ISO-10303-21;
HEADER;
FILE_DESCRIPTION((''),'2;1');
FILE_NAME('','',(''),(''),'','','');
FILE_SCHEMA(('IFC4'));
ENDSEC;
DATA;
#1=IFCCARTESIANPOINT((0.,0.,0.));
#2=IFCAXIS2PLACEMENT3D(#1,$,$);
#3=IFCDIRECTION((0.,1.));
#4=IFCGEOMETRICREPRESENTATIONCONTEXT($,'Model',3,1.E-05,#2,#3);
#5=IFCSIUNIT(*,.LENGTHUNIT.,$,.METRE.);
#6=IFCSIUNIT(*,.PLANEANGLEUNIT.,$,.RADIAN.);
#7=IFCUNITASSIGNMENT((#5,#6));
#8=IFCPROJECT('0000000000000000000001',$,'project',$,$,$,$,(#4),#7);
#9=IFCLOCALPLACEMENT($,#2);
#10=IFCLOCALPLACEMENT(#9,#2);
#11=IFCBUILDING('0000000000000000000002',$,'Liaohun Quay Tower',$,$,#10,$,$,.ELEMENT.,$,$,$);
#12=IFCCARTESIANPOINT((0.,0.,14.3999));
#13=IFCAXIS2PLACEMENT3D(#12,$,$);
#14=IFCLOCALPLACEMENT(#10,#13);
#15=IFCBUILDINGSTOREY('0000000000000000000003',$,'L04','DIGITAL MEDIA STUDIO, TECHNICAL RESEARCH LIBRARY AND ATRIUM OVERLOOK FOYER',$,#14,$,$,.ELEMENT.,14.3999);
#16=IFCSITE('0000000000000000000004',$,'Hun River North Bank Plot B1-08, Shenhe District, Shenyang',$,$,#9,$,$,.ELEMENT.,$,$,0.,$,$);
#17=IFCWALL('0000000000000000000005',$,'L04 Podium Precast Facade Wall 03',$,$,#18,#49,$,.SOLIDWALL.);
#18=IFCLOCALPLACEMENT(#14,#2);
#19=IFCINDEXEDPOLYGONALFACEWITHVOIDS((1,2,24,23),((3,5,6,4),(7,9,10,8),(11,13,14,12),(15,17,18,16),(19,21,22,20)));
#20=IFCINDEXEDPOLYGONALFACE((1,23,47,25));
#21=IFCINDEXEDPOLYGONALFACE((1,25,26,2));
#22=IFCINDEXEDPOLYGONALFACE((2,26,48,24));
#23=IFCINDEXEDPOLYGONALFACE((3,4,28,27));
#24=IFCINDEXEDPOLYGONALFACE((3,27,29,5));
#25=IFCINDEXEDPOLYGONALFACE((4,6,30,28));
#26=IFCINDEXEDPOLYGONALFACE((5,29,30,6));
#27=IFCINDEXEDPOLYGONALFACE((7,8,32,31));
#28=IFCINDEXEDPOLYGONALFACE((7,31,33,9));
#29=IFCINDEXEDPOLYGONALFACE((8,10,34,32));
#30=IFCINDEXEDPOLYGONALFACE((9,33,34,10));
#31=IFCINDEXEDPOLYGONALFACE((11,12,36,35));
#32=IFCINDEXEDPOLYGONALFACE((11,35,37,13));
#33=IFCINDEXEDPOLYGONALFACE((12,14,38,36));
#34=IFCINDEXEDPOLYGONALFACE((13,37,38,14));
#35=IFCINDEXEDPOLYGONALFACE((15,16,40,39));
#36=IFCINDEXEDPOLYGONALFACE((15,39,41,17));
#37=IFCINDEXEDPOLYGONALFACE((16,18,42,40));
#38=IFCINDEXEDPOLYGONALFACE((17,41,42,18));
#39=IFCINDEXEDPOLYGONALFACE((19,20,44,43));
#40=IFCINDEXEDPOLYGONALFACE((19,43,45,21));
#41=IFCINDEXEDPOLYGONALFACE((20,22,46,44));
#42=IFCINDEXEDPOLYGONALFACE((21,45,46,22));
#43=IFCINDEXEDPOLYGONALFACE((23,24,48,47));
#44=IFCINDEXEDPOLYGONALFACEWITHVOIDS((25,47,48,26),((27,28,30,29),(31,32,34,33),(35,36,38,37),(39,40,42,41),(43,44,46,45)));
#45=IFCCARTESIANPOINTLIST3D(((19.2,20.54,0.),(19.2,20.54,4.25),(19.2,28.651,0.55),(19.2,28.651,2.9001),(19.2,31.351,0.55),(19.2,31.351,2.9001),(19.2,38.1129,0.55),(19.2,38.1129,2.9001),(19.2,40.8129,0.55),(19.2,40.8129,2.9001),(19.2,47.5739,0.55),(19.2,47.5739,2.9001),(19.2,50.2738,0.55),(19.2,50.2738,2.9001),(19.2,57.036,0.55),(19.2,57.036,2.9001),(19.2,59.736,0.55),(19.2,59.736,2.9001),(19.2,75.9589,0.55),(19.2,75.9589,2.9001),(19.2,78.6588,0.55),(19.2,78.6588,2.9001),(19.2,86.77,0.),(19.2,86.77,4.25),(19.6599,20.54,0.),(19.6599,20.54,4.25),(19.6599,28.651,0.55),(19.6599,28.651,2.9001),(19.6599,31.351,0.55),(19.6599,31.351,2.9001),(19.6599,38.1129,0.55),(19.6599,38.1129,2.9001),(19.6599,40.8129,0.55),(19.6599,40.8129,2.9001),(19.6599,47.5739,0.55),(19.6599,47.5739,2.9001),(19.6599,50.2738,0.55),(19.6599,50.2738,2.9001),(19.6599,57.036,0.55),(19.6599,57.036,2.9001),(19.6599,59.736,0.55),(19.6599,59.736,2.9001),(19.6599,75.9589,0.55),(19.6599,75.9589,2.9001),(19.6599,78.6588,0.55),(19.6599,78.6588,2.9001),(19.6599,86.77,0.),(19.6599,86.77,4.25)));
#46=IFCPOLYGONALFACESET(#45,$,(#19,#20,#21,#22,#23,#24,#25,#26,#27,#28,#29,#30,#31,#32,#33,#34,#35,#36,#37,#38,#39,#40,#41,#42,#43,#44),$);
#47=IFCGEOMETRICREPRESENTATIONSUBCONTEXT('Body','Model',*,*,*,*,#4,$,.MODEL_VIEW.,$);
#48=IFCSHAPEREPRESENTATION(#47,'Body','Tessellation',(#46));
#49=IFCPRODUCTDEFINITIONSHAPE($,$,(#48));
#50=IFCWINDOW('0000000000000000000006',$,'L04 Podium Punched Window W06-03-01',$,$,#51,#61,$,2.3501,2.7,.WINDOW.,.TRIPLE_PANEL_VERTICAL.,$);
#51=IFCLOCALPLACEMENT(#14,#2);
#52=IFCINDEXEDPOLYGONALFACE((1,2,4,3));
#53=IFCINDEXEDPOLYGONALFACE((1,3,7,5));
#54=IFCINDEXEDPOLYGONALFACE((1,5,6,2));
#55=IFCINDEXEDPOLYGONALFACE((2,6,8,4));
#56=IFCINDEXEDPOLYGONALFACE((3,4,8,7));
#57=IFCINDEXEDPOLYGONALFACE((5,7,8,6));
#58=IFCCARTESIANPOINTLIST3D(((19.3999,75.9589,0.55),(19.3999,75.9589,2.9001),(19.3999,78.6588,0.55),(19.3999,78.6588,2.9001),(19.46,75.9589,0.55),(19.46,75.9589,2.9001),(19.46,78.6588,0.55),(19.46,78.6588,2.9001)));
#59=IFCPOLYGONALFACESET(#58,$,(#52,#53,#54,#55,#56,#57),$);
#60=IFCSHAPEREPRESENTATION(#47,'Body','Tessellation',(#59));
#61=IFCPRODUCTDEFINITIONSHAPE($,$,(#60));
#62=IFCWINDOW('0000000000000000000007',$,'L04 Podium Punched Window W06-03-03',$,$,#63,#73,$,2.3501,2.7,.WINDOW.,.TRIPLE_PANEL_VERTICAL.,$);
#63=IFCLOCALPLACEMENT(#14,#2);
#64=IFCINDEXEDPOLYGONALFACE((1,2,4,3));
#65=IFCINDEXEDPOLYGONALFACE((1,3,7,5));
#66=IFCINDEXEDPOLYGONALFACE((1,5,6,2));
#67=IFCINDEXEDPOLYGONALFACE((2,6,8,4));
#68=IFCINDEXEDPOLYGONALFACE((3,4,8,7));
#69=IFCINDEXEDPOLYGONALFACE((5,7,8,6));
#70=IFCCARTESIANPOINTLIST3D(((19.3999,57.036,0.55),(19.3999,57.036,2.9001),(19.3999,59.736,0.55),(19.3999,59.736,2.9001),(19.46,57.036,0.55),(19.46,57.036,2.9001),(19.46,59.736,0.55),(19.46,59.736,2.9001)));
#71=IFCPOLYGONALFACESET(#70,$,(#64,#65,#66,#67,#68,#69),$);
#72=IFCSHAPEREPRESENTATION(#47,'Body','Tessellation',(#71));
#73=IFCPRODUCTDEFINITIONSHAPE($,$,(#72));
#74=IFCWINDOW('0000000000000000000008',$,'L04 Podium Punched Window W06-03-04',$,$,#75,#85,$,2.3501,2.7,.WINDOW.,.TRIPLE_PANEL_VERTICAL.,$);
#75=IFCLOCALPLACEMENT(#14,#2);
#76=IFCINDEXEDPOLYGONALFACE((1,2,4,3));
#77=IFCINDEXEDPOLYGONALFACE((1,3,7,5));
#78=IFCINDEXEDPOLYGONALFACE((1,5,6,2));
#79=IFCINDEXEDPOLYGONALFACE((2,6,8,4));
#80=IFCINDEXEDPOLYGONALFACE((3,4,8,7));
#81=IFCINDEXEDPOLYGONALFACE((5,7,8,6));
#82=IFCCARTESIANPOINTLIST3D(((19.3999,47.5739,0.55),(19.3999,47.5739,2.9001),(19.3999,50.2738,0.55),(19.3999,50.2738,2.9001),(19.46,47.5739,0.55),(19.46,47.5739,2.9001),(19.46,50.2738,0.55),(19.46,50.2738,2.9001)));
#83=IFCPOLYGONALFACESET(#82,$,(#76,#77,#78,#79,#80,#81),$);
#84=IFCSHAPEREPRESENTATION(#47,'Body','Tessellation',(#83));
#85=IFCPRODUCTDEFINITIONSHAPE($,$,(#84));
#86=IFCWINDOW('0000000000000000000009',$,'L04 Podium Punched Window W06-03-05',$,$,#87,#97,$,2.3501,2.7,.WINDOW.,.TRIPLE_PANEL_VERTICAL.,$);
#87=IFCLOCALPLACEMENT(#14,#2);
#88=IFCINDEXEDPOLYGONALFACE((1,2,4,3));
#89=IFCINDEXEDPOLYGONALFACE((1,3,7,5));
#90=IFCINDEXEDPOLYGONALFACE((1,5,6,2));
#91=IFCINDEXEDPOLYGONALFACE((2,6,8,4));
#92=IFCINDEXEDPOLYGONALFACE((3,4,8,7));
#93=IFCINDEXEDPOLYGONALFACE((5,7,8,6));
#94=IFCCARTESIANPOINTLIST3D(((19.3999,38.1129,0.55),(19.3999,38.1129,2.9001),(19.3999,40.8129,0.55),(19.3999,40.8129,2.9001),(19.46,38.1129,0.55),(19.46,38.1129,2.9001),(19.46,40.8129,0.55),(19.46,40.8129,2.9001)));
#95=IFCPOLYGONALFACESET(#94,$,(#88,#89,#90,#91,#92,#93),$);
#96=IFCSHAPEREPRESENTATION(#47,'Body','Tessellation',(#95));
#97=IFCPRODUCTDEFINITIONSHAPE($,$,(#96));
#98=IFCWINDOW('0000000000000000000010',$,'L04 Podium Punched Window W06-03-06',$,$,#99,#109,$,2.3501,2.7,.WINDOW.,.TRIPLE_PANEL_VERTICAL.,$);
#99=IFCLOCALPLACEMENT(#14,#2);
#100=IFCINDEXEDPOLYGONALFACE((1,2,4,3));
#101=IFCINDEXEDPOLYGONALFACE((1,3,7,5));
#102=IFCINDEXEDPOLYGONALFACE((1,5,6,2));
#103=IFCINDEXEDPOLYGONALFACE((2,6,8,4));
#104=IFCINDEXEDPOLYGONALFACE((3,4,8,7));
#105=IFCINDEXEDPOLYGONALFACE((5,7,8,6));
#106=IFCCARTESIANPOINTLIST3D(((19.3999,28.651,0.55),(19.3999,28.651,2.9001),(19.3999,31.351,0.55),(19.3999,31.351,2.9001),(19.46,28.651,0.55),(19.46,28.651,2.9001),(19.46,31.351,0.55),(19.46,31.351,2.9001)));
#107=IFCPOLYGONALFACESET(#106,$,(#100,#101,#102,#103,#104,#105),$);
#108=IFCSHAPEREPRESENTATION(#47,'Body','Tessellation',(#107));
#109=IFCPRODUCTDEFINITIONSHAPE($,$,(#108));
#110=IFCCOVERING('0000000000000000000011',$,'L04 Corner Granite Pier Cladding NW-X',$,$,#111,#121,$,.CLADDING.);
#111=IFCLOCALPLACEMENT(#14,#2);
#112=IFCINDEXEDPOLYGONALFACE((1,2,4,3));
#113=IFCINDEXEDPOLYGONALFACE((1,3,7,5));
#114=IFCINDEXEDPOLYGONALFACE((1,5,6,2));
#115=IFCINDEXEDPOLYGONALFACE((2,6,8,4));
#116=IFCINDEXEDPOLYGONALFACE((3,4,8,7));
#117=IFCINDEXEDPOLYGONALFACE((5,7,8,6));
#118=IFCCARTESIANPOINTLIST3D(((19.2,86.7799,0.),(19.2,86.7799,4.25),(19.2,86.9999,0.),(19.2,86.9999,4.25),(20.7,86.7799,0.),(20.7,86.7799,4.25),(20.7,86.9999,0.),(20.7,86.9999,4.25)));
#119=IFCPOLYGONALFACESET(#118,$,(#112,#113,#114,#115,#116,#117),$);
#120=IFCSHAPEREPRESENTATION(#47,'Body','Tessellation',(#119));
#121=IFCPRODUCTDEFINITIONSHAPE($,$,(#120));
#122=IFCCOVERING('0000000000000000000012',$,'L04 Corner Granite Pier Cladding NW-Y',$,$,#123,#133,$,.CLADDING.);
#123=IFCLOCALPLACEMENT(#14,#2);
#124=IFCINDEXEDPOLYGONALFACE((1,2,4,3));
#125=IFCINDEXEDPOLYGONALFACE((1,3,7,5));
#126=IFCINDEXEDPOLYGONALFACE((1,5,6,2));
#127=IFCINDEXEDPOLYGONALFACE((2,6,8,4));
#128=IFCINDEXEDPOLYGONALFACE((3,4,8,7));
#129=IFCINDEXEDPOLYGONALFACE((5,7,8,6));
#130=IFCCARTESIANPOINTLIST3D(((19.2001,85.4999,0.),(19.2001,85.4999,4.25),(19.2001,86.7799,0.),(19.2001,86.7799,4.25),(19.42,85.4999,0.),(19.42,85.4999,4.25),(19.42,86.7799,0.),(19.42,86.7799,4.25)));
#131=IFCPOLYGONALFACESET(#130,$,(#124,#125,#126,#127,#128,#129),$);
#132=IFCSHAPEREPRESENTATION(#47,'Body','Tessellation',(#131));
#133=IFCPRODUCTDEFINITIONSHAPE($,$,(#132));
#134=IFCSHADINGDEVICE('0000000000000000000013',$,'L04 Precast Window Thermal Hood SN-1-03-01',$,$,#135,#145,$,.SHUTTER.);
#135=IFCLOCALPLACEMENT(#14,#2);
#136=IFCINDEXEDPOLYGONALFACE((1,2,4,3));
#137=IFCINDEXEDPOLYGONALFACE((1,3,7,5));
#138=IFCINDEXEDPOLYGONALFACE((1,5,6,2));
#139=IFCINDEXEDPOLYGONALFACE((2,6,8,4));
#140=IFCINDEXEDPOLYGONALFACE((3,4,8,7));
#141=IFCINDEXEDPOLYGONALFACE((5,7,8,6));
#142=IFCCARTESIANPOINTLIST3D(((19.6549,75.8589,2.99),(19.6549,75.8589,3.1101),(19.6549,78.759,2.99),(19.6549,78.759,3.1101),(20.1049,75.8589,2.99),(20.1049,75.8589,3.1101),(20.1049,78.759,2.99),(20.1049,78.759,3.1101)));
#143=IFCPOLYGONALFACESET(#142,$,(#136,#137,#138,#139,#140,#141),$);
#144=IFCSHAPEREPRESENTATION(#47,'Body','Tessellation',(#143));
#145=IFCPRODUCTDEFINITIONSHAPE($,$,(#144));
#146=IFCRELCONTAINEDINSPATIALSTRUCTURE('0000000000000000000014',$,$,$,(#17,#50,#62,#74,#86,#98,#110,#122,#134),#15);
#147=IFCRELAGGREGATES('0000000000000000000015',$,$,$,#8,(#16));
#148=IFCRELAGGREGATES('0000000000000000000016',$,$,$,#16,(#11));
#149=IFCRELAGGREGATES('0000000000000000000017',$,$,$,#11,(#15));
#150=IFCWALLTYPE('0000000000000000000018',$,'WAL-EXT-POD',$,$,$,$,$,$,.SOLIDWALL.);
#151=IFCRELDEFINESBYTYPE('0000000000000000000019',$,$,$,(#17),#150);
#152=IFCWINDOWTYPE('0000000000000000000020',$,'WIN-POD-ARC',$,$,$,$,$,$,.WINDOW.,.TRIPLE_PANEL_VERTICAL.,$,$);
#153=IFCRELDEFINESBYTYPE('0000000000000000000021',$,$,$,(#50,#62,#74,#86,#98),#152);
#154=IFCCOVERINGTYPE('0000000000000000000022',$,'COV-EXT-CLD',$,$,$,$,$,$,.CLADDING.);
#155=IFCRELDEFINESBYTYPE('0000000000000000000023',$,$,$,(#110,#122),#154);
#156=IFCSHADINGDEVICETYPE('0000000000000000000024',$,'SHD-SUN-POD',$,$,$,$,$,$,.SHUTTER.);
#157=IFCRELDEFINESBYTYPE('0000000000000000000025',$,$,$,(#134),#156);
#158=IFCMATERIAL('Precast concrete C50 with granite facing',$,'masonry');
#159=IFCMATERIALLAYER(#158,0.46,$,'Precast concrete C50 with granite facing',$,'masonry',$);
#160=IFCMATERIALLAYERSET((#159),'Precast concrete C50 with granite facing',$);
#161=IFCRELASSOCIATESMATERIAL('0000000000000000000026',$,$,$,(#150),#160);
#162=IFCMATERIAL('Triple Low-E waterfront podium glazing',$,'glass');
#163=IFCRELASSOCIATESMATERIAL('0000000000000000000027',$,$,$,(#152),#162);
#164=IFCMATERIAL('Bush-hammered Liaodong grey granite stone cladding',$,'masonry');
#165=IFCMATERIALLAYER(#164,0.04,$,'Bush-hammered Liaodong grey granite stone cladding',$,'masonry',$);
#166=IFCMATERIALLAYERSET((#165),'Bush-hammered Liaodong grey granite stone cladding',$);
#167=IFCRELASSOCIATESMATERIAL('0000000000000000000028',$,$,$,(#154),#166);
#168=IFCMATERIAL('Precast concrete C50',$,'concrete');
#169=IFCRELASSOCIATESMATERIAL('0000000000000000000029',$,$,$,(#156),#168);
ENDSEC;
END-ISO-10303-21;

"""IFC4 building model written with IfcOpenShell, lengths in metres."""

from ifc_helpers import new_model, si_unit, direction, frame, frame_2d, origin, origin_2d, place, context, subcontext, project, spatial, rectangle, extrude, source, transform, mapped, material, layer, layer_set, material_profile, profile_set, type_object, element, fill, save


model = new_model("IFC4")

# Units and contexts
model_context = context("Model", 3, precision=1e-05, world=origin(), true_north=direction((0.0, 1.0)))
body_context = subcontext(model_context, "Body", "Model", "MODEL_VIEW")
ifc_project = project(units=[si_unit("LENGTHUNIT", "METRE"), si_unit("PLANEANGLEUNIT", "RADIAN")], contexts=[model_context])

# Site, building, storey
site_placement = place(None, origin())
site = spatial("IfcSite", under=ifc_project, at=site_placement, Name="Hun River North Bank Plot B1-08, Shenhe District, Shenyang", CompositionType="ELEMENT", RefElevation=0.0)
building_placement = place(site_placement, origin())
building = spatial("IfcBuilding", under=site, at=building_placement, Name="Liaohun Quay Tower", CompositionType="ELEMENT")
storey_placement = place(building_placement, frame((0.0, 0.0, 14.3999)))
storey = spatial("IfcBuildingStorey", under=building, at=storey_placement, Name="L04", Description="DIGITAL MEDIA STUDIO, TECHNICAL RESEARCH LIBRARY AND ATRIUM OVERLOOK FOYER", CompositionType="ELEMENT", Elevation=14.3999)

# Wall, openings, windows
ifc_material_1 = material(Name="Precast concrete C50 with granite facing", Category="masonry")
ifc_layer_1 = layer(ifc_material_1, 0.46, Name="Precast concrete C50 with granite facing", Category="masonry")
ifc_layer_set_1 = layer_set([ifc_layer_1], Name="Precast concrete C50 with granite facing")
wall_type = type_object("IfcWallType", Name="WAL-EXT-POD", PredefinedType="SOLIDWALL", material=ifc_layer_set_1)
wall_placement = place(storey_placement, frame((19.4299, 86.77, 0.0), z_axis=(0.0, 0.0, 1.0), x_axis=(0.0, -1.0, 0.0)))
wall = element("IfcWall", 1, at=wall_placement, inside=storey, type_object=wall_type, Name="L04 Podium Precast Facade Wall 03", PredefinedType="SOLIDWALL", context=body_context, shape_type="SweptSolid", body=[
    extrude(rectangle(XDim=66.23, YDim=0.46, at=frame_2d((33.115, 0.0))), origin(), (0.0, 0.0, 1.0), 4.25),
])
shared_shape_1 = source(origin(), body_context, "Body", "SweptSolid", [
    extrude(rectangle(XDim=2.7, YDim=2.3501, at=frame_2d((1.3501, 1.175))), frame((0.0, 0.24, 0.0), z_axis=(0.0, -1.0, 0.0), x_axis=(1.0, 0.0, 0.0)), (0.0, 0.0, 1.0), 0.48),
])
opening_1_placement = place(wall_placement, frame((8.1111, 0.0, 0.55)))
opening_1 = element("IfcOpeningElement", 2, at=opening_1_placement, cuts=wall, PredefinedType="OPENING", context=body_context, shape_type="MappedRepresentation", body=[
    mapped(shared_shape_1, transform((0.0, 0.0, 0.0), x_axis=(1.0, 0.0, 0.0), y_axis=(0.0, 1.0, 0.0), z_axis=(0.0, 0.0, 1.0), scale=1.0)),
])
opening_2_placement = place(wall_placement, frame((27.0339, 0.0, 0.55)))
opening_2 = element("IfcOpeningElement", 3, at=opening_2_placement, cuts=wall, PredefinedType="OPENING", context=body_context, shape_type="MappedRepresentation", body=[
    mapped(shared_shape_1, transform((0.0, 0.0, 0.0), x_axis=(1.0, 0.0, 0.0), y_axis=(0.0, 1.0, 0.0), z_axis=(0.0, 0.0, 1.0), scale=1.0)),
])
opening_3_placement = place(wall_placement, frame((36.4961, 0.0, 0.55)))
opening_3 = element("IfcOpeningElement", 4, at=opening_3_placement, cuts=wall, PredefinedType="OPENING", context=body_context, shape_type="MappedRepresentation", body=[
    mapped(shared_shape_1, transform((0.0, 0.0, 0.0), x_axis=(1.0, 0.0, 0.0), y_axis=(0.0, 1.0, 0.0), z_axis=(0.0, 0.0, 1.0), scale=1.0)),
])
opening_4_placement = place(wall_placement, frame((45.957, 0.0, 0.55)))
opening_4 = element("IfcOpeningElement", 5, at=opening_4_placement, cuts=wall, PredefinedType="OPENING", context=body_context, shape_type="MappedRepresentation", body=[
    mapped(shared_shape_1, transform((0.0, 0.0, 0.0), x_axis=(1.0, 0.0, 0.0), y_axis=(0.0, 1.0, 0.0), z_axis=(0.0, 0.0, 1.0), scale=1.0)),
])
opening_5_placement = place(wall_placement, frame((55.4189, 0.0, 0.55)))
opening_5 = element("IfcOpeningElement", 6, at=opening_5_placement, cuts=wall, PredefinedType="OPENING", context=body_context, shape_type="MappedRepresentation", body=[
    mapped(shared_shape_1, transform((0.0, 0.0, 0.0), x_axis=(1.0, 0.0, 0.0), y_axis=(0.0, 1.0, 0.0), z_axis=(0.0, 0.0, 1.0), scale=1.0)),
])
ifc_material_2 = material(Name="Triple Low-E waterfront podium glazing", Category="glass")
window_type = type_object("IfcWindowType", Name="WIN-POD-ARC", PartitioningType="TRIPLE_PANEL_VERTICAL", PredefinedType="WINDOW", material=ifc_material_2)
shared_shape_2 = source(origin(), body_context, "Body", "SweptSolid", [
    extrude(rectangle(XDim=2.7, YDim=2.3501, at=frame_2d((1.3501, 1.175))), frame((0.0, 0.03, 0.0), z_axis=(0.0, -1.0, 0.0), x_axis=(1.0, 0.0, 0.0)), (0.0, 0.0, 1.0), 0.0601),
])
window_1_placement = place(opening_1_placement, origin())
window_1 = element("IfcWindow", 7, at=window_1_placement, inside=storey, type_object=window_type, Name="L04 Podium Punched Window W06-03-01", OverallHeight=2.3501, OverallWidth=2.7, PartitioningType="TRIPLE_PANEL_VERTICAL", PredefinedType="WINDOW", context=body_context, shape_type="MappedRepresentation", body=[
    mapped(shared_shape_2, transform((0.0, 0.0, 0.0), x_axis=(1.0, 0.0, 0.0), y_axis=(0.0, 1.0, 0.0), z_axis=(0.0, 0.0, 1.0), scale=1.0)),
])
fill(opening_1, window_1)
window_2_placement = place(opening_2_placement, origin())
window_2 = element("IfcWindow", 8, at=window_2_placement, inside=storey, type_object=window_type, Name="L04 Podium Punched Window W06-03-03", OverallHeight=2.3501, OverallWidth=2.7, PartitioningType="TRIPLE_PANEL_VERTICAL", PredefinedType="WINDOW", context=body_context, shape_type="MappedRepresentation", body=[
    mapped(shared_shape_2, transform((0.0, 0.0, 0.0), x_axis=(1.0, 0.0, 0.0), y_axis=(0.0, 1.0, 0.0), z_axis=(0.0, 0.0, 1.0), scale=1.0)),
])
fill(opening_2, window_2)
window_3_placement = place(opening_3_placement, origin())
window_3 = element("IfcWindow", 9, at=window_3_placement, inside=storey, type_object=window_type, Name="L04 Podium Punched Window W06-03-04", OverallHeight=2.3501, OverallWidth=2.7, PartitioningType="TRIPLE_PANEL_VERTICAL", PredefinedType="WINDOW", context=body_context, shape_type="MappedRepresentation", body=[
    mapped(shared_shape_2, transform((0.0, 0.0, 0.0), x_axis=(1.0, 0.0, 0.0), y_axis=(0.0, 1.0, 0.0), z_axis=(0.0, 0.0, 1.0), scale=1.0)),
])
fill(opening_3, window_3)
window_4_placement = place(opening_4_placement, origin())
window_4 = element("IfcWindow", 10, at=window_4_placement, inside=storey, type_object=window_type, Name="L04 Podium Punched Window W06-03-05", OverallHeight=2.3501, OverallWidth=2.7, PartitioningType="TRIPLE_PANEL_VERTICAL", PredefinedType="WINDOW", context=body_context, shape_type="MappedRepresentation", body=[
    mapped(shared_shape_2, transform((0.0, 0.0, 0.0), x_axis=(1.0, 0.0, 0.0), y_axis=(0.0, 1.0, 0.0), z_axis=(0.0, 0.0, 1.0), scale=1.0)),
])
fill(opening_4, window_4)
window_5_placement = place(opening_5_placement, origin())
window_5 = element("IfcWindow", 11, at=window_5_placement, inside=storey, type_object=window_type, Name="L04 Podium Punched Window W06-03-06", OverallHeight=2.3501, OverallWidth=2.7, PartitioningType="TRIPLE_PANEL_VERTICAL", PredefinedType="WINDOW", context=body_context, shape_type="MappedRepresentation", body=[
    mapped(shared_shape_2, transform((0.0, 0.0, 0.0), x_axis=(1.0, 0.0, 0.0), y_axis=(0.0, 1.0, 0.0), z_axis=(0.0, 0.0, 1.0), scale=1.0)),
])
fill(opening_5, window_5)

# Coverings
ifc_material_3 = material(Name="Bush-hammered Liaodong grey granite stone cladding", Category="masonry")
ifc_layer_2 = layer(ifc_material_3, 0.04, Name="Bush-hammered Liaodong grey granite stone cladding", Category="masonry")
ifc_layer_set_2 = layer_set([ifc_layer_2], Name="Bush-hammered Liaodong grey granite stone cladding")
covering_type = type_object("IfcCoveringType", Name="COV-EXT-CLD", PredefinedType="CLADDING", material=ifc_layer_set_2)
shared_shape_3 = source(origin(), body_context, "Body", "SweptSolid", [
    extrude(rectangle(XDim=1.5, YDim=0.22, at=origin_2d()), origin(), (0.0, 0.0, 1.0), 4.25),
])
covering_1_placement = place(storey_placement, frame((19.95, 86.8899, 0.0), z_axis=(0.0, 0.0, 1.0), x_axis=(1.0, 0.0, 0.0)))
element("IfcCovering", 12, at=covering_1_placement, inside=storey, type_object=covering_type, Name="L04 Corner Granite Pier Cladding NW-X", PredefinedType="CLADDING", context=body_context, shape_type="MappedRepresentation", body=[
    mapped(shared_shape_3, transform((0.0, 0.0, 0.0), x_axis=(1.0, 0.0, 0.0), y_axis=(0.0, 1.0, 0.0), z_axis=(0.0, 0.0, 1.0), scale=1.0)),
])
shared_shape_4 = source(origin(), body_context, "Body", "SweptSolid", [
    extrude(rectangle(XDim=0.22, YDim=1.28, at=origin_2d()), origin(), (0.0, 0.0, 1.0), 4.25),
])
covering_2_placement = place(storey_placement, frame((19.3101, 86.1399, 0.0), z_axis=(0.0, 0.0, 1.0), x_axis=(1.0, 0.0, 0.0)))
element("IfcCovering", 13, at=covering_2_placement, inside=storey, type_object=covering_type, Name="L04 Corner Granite Pier Cladding NW-Y", PredefinedType="CLADDING", context=body_context, shape_type="MappedRepresentation", body=[
    mapped(shared_shape_4, transform((0.0, 0.0, 0.0), x_axis=(1.0, 0.0, 0.0), y_axis=(0.0, 1.0, 0.0), z_axis=(0.0, 0.0, 1.0), scale=1.0)),
])

# Shading device
ifc_material_4 = material(Name="Precast concrete C50", Category="concrete")
ifc_material_profile_1 = material_profile(ifc_material_4, rectangle(XDim=0.45, YDim=0.1201, at=origin_2d()), Name="PRC-SUN-450x120")
ifc_profile_set_1 = profile_set([ifc_material_profile_1], Name="Precast concrete C50")
shading_device_type = type_object("IfcShadingDeviceType", Name="SHD-SUN-POD", PredefinedType="SHUTTER", material=ifc_profile_set_1)
shared_shape_5 = source(origin(), body_context, "Body", "SweptSolid", [
    extrude(rectangle(XDim=0.45, YDim=0.1201, at=origin_2d()), origin(), (0.0, 0.0, 1.0), 2.9001),
])
shading_device_placement = place(storey_placement, frame((19.8799, 78.759, 3.05), z_axis=(0.0, -1.0, 0.0), x_axis=(1.0, 0.0, 0.0)))
element("IfcShadingDevice", 14, at=shading_device_placement, inside=storey, type_object=shading_device_type, Name="L04 Precast Window Thermal Hood SN-1-03-01", PredefinedType="SHUTTER", context=body_context, shape_type="MappedRepresentation", body=[
    mapped(shared_shape_5, transform((0.0, 0.0, 0.0), x_axis=(1.0, 0.0, 0.0), y_axis=(0.0, 1.0, 0.0), z_axis=(0.0, 0.0, 1.0), scale=1.0)),
])

save(model, "model.ifc")
